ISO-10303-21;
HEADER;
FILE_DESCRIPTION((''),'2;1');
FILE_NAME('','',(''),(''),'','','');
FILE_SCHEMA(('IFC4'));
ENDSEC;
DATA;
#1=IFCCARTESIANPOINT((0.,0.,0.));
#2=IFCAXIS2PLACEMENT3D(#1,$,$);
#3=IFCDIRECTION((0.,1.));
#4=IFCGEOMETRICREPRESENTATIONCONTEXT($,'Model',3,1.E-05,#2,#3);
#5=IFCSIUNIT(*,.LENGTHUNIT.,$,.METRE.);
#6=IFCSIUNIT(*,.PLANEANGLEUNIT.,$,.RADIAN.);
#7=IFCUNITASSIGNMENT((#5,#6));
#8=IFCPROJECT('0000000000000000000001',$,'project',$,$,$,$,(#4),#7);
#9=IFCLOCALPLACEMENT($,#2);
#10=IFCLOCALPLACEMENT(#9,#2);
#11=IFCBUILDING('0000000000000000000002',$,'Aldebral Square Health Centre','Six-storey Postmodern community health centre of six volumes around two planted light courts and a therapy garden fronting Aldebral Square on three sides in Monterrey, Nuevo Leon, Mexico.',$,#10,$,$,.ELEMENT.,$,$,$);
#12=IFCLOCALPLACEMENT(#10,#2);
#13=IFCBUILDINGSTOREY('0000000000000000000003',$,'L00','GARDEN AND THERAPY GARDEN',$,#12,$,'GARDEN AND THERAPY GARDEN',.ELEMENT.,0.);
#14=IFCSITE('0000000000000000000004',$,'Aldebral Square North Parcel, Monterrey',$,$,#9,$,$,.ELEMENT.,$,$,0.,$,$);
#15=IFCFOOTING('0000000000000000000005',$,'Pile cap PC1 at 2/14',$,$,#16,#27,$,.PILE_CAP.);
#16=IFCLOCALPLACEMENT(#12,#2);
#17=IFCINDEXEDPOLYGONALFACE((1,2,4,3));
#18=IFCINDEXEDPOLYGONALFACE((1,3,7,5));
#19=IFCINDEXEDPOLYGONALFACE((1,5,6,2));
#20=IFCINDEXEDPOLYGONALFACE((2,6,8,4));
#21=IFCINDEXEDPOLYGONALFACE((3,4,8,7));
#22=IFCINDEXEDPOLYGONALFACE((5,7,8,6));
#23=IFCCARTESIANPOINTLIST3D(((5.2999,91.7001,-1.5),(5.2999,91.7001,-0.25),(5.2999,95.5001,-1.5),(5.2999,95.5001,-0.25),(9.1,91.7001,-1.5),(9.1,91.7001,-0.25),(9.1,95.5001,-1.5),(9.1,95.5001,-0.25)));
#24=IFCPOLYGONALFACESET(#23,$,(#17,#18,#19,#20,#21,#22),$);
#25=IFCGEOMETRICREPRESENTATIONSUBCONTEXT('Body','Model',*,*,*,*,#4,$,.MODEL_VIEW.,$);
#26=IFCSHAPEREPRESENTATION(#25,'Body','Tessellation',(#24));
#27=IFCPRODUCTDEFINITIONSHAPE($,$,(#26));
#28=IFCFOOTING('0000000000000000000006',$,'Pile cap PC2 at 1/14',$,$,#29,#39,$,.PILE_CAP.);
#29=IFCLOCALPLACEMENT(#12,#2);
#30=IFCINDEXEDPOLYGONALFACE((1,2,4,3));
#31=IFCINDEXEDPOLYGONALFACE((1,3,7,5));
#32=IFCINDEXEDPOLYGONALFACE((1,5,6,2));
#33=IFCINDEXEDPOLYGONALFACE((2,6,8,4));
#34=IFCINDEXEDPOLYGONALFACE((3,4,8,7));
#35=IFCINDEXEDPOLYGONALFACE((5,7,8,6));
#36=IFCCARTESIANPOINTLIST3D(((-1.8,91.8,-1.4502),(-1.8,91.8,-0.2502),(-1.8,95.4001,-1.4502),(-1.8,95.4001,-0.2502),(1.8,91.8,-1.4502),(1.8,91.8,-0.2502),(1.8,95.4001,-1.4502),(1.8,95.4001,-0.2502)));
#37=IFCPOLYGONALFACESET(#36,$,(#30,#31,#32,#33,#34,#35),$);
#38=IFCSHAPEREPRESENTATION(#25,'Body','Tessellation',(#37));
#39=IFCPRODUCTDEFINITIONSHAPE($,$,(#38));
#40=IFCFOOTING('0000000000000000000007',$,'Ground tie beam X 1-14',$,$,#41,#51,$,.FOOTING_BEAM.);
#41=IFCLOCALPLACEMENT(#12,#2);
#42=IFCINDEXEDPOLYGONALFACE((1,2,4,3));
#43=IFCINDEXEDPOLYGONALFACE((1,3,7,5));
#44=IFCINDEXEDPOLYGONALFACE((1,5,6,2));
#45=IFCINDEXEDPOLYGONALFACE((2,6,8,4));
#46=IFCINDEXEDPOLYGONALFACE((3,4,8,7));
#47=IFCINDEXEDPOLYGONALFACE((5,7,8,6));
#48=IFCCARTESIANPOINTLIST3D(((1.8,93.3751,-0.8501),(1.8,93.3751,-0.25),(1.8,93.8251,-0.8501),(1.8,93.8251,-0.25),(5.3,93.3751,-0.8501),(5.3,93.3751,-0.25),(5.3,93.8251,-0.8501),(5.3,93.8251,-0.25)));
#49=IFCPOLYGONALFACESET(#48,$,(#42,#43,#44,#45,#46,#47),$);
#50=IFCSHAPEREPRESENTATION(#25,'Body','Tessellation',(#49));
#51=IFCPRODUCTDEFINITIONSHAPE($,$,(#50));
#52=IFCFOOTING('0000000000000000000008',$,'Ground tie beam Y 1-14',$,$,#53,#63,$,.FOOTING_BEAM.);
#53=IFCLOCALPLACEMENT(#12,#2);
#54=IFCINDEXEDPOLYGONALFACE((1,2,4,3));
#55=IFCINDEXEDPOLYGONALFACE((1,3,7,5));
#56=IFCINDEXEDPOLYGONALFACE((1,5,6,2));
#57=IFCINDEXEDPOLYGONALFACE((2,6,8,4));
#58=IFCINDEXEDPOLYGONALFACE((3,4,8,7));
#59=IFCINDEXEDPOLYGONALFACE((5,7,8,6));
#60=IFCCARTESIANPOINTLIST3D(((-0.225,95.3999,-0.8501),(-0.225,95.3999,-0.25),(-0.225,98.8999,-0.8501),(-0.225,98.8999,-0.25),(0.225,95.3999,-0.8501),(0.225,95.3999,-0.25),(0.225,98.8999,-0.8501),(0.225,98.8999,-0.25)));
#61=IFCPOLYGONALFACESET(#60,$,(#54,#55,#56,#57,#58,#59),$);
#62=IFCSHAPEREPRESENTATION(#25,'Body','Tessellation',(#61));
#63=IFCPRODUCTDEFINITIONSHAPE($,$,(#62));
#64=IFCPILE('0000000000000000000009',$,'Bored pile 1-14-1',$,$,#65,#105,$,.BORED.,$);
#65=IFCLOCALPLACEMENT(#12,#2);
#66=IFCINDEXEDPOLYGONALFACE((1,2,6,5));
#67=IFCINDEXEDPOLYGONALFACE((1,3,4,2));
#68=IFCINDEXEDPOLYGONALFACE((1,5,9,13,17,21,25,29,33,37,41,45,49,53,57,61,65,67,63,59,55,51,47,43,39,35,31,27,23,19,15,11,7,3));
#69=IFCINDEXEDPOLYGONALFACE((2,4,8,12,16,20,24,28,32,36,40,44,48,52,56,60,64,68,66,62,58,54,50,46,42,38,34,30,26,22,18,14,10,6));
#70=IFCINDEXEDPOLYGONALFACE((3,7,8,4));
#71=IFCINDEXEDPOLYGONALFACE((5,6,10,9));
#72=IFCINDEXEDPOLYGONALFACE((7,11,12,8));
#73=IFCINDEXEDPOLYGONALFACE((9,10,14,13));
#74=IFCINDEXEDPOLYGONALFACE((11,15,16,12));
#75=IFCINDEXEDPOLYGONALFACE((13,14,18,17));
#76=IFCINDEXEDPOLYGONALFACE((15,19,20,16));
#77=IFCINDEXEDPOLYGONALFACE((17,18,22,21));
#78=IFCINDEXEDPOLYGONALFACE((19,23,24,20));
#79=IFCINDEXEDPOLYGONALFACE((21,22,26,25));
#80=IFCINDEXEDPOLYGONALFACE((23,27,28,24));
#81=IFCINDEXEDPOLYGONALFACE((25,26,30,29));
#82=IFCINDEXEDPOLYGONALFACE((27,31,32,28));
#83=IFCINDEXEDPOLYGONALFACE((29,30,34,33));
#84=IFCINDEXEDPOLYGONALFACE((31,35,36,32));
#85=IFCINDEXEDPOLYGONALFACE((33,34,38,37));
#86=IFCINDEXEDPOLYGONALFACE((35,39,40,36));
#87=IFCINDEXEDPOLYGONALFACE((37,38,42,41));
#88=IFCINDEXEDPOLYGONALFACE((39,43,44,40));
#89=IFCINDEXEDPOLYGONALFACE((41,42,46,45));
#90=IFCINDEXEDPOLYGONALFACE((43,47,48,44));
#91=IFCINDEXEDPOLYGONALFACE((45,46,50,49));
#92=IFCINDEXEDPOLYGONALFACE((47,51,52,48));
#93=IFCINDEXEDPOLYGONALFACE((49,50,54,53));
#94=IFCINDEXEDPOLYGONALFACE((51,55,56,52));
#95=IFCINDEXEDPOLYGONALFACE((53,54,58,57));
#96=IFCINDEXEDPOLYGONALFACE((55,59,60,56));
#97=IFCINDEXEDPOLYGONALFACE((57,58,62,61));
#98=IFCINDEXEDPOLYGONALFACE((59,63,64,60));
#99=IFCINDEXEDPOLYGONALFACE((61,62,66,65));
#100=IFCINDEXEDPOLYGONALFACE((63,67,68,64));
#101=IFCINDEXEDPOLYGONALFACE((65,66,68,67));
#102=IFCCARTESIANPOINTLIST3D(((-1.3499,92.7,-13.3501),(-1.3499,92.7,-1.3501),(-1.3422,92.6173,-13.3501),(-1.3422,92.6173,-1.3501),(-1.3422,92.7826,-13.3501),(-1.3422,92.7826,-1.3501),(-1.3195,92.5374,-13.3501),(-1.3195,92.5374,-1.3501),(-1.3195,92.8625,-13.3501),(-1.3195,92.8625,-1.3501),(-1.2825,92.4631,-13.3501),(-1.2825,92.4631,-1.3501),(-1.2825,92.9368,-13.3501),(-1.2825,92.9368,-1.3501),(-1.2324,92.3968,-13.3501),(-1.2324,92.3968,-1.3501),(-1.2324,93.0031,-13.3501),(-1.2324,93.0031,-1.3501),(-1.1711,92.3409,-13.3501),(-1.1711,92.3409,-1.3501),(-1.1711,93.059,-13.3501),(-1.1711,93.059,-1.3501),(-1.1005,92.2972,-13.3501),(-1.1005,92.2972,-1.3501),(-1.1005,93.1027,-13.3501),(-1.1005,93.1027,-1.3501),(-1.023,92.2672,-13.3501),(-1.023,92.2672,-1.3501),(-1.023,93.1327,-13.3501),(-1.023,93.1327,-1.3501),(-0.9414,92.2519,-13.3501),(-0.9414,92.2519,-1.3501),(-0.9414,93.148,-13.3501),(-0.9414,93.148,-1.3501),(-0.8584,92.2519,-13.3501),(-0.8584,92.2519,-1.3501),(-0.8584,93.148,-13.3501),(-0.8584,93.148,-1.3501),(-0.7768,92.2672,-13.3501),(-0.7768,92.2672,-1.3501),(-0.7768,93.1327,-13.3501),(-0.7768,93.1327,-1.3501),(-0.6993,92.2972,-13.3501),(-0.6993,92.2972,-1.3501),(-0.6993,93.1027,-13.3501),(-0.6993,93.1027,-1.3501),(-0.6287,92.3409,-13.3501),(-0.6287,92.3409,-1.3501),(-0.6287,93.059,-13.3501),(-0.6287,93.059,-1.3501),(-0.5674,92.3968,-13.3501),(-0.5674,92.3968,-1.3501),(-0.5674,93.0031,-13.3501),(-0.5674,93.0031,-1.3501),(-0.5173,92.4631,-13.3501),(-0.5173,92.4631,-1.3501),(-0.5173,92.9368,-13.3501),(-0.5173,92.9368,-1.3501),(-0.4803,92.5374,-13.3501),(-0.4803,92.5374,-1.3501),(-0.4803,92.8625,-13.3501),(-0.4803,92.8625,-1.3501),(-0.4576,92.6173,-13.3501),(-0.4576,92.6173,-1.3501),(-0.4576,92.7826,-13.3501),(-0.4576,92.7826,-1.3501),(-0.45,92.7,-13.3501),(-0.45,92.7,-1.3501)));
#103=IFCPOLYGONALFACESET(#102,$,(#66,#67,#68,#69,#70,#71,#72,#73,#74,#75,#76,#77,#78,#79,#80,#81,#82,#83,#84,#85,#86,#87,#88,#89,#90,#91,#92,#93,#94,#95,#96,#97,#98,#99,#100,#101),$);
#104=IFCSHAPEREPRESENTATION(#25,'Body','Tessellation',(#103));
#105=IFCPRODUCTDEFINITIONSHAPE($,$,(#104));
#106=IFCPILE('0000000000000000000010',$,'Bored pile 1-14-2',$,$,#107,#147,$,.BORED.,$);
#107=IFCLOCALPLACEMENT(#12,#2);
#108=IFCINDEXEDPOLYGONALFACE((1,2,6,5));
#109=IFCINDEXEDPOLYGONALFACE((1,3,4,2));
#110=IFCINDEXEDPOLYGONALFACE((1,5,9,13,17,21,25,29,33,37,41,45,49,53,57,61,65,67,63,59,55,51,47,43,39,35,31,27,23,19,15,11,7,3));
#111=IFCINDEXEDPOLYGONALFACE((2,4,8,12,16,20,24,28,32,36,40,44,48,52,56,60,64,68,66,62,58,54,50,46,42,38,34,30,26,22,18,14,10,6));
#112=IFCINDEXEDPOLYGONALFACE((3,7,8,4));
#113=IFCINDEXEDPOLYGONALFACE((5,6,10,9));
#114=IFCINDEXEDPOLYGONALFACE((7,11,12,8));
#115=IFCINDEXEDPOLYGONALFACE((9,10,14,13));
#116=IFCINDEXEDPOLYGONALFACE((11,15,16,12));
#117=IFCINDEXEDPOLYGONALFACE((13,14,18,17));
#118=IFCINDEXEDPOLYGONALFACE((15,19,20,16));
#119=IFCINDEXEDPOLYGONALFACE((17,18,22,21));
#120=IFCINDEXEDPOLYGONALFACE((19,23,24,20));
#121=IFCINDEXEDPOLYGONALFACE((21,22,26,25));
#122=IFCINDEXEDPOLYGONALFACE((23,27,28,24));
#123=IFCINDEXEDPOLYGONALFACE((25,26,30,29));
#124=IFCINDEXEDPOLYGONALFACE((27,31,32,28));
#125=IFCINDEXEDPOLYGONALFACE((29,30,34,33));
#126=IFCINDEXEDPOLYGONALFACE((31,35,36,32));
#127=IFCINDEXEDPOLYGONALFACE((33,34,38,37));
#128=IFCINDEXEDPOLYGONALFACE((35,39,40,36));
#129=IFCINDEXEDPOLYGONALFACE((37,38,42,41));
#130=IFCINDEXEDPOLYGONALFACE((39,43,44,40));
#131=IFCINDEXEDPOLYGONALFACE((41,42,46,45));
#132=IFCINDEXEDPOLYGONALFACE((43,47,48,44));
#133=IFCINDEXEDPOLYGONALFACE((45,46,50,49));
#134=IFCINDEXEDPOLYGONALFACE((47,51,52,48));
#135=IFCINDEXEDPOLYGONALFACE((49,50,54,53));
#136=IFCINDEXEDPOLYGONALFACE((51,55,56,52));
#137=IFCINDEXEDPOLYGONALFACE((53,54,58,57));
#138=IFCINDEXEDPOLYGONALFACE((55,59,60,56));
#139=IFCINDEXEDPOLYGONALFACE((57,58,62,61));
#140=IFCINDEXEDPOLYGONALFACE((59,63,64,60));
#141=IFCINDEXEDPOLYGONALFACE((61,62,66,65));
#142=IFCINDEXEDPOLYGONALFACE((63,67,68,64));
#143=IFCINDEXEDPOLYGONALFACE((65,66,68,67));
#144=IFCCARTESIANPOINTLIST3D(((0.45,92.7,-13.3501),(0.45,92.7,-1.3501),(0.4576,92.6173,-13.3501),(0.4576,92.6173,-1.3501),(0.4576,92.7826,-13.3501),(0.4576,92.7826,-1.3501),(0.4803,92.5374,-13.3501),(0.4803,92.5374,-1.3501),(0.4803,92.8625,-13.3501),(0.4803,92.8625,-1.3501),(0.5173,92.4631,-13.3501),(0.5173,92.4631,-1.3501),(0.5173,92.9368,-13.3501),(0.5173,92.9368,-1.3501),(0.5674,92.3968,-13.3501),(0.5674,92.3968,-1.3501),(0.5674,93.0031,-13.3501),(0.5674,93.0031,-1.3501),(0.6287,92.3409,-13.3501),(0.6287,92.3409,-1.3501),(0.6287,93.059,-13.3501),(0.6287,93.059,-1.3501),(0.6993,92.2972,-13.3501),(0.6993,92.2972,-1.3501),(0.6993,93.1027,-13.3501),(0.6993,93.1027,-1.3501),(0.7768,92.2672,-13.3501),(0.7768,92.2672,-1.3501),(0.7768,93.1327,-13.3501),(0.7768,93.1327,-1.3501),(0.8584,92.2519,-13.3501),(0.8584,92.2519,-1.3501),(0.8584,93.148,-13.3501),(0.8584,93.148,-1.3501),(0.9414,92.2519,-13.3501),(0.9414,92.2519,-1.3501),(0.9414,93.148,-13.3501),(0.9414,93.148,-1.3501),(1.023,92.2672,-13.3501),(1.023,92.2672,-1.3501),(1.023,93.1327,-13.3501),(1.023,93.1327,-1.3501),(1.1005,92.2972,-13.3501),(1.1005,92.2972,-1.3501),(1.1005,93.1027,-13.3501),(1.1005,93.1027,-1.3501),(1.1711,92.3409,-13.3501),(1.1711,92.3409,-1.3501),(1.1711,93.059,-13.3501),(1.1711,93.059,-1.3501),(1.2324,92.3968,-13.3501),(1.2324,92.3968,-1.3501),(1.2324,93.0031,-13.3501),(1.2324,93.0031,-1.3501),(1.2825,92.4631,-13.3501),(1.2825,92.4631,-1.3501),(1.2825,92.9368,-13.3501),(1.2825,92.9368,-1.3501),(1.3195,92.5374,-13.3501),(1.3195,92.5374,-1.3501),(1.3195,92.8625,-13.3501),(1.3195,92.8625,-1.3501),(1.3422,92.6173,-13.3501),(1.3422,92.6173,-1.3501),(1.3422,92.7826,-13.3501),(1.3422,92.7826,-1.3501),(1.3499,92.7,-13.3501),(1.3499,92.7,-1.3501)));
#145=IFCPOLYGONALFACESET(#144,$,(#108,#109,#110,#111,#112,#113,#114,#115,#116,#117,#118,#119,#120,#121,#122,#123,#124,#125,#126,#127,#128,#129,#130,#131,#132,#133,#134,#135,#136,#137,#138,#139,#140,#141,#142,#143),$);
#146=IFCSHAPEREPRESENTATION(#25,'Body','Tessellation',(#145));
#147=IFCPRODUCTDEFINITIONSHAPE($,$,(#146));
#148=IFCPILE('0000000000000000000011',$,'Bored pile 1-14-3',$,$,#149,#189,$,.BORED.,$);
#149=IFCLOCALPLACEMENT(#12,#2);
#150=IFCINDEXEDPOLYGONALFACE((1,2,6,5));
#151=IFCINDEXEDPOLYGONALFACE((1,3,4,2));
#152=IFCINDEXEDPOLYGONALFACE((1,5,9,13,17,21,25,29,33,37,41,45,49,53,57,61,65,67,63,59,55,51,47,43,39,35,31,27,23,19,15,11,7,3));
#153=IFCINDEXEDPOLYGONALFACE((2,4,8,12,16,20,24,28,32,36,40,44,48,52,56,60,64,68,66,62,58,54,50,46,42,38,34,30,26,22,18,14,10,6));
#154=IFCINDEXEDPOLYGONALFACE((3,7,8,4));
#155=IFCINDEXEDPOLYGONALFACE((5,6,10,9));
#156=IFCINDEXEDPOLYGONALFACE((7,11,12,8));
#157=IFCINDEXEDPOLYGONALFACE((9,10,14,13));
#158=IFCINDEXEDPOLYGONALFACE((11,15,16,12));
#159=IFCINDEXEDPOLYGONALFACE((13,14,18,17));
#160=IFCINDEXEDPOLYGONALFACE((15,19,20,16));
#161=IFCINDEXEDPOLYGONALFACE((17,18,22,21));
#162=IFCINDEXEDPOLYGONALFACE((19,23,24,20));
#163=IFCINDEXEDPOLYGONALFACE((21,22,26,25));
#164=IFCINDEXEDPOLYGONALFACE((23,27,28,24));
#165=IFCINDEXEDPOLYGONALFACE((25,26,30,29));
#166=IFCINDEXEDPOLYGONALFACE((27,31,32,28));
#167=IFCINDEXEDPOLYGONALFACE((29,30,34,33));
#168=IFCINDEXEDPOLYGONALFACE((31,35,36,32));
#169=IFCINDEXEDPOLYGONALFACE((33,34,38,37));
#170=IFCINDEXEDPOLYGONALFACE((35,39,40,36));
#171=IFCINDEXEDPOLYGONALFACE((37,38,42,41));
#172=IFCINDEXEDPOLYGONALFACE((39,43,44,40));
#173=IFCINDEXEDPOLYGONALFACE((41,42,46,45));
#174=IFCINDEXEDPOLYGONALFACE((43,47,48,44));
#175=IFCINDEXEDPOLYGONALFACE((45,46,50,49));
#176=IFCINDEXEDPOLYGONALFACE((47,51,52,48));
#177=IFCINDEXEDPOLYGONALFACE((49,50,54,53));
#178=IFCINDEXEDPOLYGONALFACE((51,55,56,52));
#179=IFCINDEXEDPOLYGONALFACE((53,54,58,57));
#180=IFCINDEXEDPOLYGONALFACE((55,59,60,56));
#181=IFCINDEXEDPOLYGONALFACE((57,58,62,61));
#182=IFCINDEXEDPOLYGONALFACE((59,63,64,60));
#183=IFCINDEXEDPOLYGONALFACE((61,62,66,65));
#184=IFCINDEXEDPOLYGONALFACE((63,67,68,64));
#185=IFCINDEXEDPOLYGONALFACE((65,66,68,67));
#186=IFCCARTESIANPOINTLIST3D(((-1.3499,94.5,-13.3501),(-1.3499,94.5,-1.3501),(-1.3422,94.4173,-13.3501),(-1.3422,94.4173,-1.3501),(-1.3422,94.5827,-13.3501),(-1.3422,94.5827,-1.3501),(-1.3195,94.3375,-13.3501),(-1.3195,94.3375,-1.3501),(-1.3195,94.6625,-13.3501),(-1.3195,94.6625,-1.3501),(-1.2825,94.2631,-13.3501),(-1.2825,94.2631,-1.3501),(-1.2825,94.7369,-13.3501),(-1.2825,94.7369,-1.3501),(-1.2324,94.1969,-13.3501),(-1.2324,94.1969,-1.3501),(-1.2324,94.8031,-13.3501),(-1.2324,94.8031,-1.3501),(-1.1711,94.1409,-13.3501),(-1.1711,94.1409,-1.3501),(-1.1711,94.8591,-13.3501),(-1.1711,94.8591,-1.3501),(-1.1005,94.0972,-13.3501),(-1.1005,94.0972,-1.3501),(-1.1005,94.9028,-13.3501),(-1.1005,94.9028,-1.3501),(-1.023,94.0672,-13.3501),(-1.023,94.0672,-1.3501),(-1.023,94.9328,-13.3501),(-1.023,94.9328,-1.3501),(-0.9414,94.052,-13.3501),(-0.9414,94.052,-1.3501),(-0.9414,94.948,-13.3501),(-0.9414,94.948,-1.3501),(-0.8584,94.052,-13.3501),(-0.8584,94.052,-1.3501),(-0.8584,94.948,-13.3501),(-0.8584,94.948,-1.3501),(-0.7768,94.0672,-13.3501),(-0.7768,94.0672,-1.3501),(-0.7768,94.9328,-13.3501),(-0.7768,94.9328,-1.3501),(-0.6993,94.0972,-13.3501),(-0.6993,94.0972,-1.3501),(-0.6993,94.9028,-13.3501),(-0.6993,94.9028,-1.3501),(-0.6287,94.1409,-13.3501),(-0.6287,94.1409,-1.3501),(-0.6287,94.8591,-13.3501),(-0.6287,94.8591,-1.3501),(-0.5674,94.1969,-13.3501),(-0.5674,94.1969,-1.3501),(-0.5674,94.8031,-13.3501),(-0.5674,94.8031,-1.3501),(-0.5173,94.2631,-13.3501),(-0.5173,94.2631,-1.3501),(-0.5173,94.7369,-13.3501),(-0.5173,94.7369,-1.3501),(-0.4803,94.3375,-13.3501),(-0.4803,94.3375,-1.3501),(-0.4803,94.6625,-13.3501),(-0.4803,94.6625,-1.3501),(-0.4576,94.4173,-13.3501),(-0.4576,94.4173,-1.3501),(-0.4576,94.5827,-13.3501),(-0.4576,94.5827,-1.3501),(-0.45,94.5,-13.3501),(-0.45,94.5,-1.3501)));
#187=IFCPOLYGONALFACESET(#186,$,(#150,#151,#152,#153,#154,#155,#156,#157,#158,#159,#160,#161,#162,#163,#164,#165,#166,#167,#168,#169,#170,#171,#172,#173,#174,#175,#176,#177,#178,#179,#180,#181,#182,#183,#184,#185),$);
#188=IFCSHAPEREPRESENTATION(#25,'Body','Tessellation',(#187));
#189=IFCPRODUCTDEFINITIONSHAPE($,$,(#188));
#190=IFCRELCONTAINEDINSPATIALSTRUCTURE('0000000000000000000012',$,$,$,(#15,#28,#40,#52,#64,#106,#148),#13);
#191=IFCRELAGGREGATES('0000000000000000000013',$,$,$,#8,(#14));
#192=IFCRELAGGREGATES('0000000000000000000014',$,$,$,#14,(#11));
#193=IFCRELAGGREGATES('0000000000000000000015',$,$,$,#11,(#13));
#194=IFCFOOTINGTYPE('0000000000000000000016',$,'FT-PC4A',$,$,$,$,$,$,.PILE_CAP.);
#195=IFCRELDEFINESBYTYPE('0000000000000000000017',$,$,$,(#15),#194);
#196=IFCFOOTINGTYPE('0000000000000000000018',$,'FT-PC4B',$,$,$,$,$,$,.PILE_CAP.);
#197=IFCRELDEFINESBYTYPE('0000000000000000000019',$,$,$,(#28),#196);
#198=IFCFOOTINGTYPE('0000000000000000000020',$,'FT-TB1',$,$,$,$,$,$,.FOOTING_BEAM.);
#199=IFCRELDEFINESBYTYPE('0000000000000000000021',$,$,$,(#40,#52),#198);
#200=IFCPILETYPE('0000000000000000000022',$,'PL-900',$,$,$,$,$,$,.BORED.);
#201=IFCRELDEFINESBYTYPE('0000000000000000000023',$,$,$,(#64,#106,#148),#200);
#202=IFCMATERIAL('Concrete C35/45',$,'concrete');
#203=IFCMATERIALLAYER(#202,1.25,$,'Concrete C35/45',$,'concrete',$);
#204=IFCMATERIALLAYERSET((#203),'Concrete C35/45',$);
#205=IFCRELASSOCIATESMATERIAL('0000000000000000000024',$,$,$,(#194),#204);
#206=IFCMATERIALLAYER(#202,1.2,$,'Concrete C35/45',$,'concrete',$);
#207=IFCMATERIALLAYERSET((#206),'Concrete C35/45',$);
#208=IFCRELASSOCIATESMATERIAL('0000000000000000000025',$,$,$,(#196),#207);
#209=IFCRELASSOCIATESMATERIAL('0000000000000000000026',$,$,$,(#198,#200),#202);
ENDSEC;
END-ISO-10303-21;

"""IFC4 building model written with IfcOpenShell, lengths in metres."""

from ifc_helpers import new_model, si_unit, direction, frame, origin, origin_2d, place, context, subcontext, project, spatial, rectangle, circle, extrude, material, layer, layer_set, material_profile, profile_set, type_object, element, save


model = new_model("IFC4")

# Units and contexts
model_context = context("Model", 3, precision=1e-05, world=origin(), true_north=direction((0.0, 1.0)))
body_context = subcontext(model_context, "Body", "Model", "MODEL_VIEW")
ifc_project = project(units=[si_unit("LENGTHUNIT", "METRE"), si_unit("PLANEANGLEUNIT", "RADIAN")], contexts=[model_context])

# Site, building, storey
site_placement = place(None, origin())
site = spatial("IfcSite", under=ifc_project, at=site_placement, Name="Aldebral Square North Parcel, Monterrey", CompositionType="ELEMENT", RefElevation=0.0)
building_placement = place(site_placement, origin())
building = spatial("IfcBuilding", under=site, at=building_placement, Name="Aldebral Square Health Centre", Description="Six-storey Postmodern community health centre of six volumes around two planted light courts and a therapy garden fronting Aldebral Square on three sides in Monterrey, Nuevo Leon, Mexico.", CompositionType="ELEMENT")
storey_placement = place(building_placement, origin())
storey = spatial("IfcBuildingStorey", under=building, at=storey_placement, Name="L00", Description="GARDEN AND THERAPY GARDEN", LongName="GARDEN AND THERAPY GARDEN", CompositionType="ELEMENT", Elevation=0.0)

# Footings
ifc_material_1 = material(Name="Concrete C35/45", Category="concrete")
ifc_layer_1 = layer(ifc_material_1, 1.25, Name="Concrete C35/45", Category="concrete")
ifc_layer_set_1 = layer_set([ifc_layer_1], Name="Concrete C35/45")
footing_type_1 = type_object("IfcFootingType", Name="FT-PC4A", PredefinedType="PILE_CAP", material=ifc_layer_set_1)
footing_1_placement = place(storey_placement, frame((7.2, 93.6001, -1.5), z_axis=(0.0, 0.0, 1.0), x_axis=(1.0, 0.0, 0.0)))
element("IfcFooting", 1, at=footing_1_placement, inside=storey, type_object=footing_type_1, Name="Pile cap PC1 at 2/14", PredefinedType="PILE_CAP", context=body_context, shape_type="SweptSolid", body=[
    extrude(rectangle(XDim=3.8, YDim=3.8, at=origin_2d()), origin(), (0.0, 0.0, 1.0), 1.25),
])
ifc_layer_2 = layer(ifc_material_1, 1.2, Name="Concrete C35/45", Category="concrete")
ifc_layer_set_2 = layer_set([ifc_layer_2], Name="Concrete C35/45")
footing_type_2 = type_object("IfcFootingType", Name="FT-PC4B", PredefinedType="PILE_CAP", material=ifc_layer_set_2)
footing_2_placement = place(storey_placement, frame((0.0, 93.6001, -1.4502), z_axis=(0.0, 0.0, 1.0), x_axis=(1.0, 0.0, 0.0)))
element("IfcFooting", 2, at=footing_2_placement, inside=storey, type_object=footing_type_2, Name="Pile cap PC2 at 1/14", PredefinedType="PILE_CAP", context=body_context, shape_type="SweptSolid", body=[
    extrude(rectangle(XDim=3.6001, YDim=3.6001, at=origin_2d()), origin(), (0.0, 0.0, 1.0), 1.2),
])
ifc_material_profile_1 = material_profile(ifc_material_1, rectangle(XDim=0.45, YDim=0.6001, at=origin_2d()), Name="RC 450x600")
ifc_profile_set_1 = profile_set([ifc_material_profile_1], Name="Concrete C35/45")
footing_type_3 = type_object("IfcFootingType", Name="FT-TB1", PredefinedType="FOOTING_BEAM", material=ifc_profile_set_1)
for number, where, z_axis, x_axis, name in (
    (3, (1.8, 93.6001, -0.55), (1.0, 0.0, 0.0), (0.0, 1.0, 0.0), "Ground tie beam X 1-14"),
    (4, (0.0, 95.3999, -0.55), (0.0, 1.0, 0.0), (-1.0, 0.0, 0.0), "Ground tie beam Y 1-14"),
):
    element("IfcFooting", number, at=place(storey_placement, frame(where, z_axis=z_axis, x_axis=x_axis)), inside=storey, type_object=footing_type_3, Name=name, PredefinedType="FOOTING_BEAM", context=body_context, shape_type="SweptSolid", body=[
        extrude(rectangle(XDim=0.45, YDim=0.6001, at=origin_2d()), origin(), (0.0, 0.0, 1.0), 3.5),
    ])

# Piles
ifc_material_profile_2 = material_profile(ifc_material_1, circle(Radius=0.45, at=origin_2d()), Name="PILE D900")
ifc_profile_set_2 = profile_set([ifc_material_profile_2], Name="Concrete C35/45")
pile_type = type_object("IfcPileType", Name="PL-900", PredefinedType="BORED", material=ifc_profile_set_2)
for number, where, z_axis, x_axis, name in (
    (5, (-0.8999, 92.7, -1.3501), (0.0, 0.0, -1.0), (1.0, 0.0, 0.0), "Bored pile 1-14-1"),
    (6, (0.8999, 92.7, -1.3501), (0.0, 0.0, -1.0), (1.0, 0.0, 0.0), "Bored pile 1-14-2"),
    (7, (-0.8999, 94.5, -1.3501), (0.0, 0.0, -1.0), (1.0, 0.0, 0.0), "Bored pile 1-14-3"),
):
    element("IfcPile", number, at=place(storey_placement, frame(where, z_axis=z_axis, x_axis=x_axis)), inside=storey, type_object=pile_type, Name=name, PredefinedType="BORED", context=body_context, shape_type="SweptSolid", body=[
        extrude(circle(Radius=0.45, at=origin_2d()), origin(), (0.0, 0.0, 1.0), 12.0),
    ])

save(model, "model.ifc")
